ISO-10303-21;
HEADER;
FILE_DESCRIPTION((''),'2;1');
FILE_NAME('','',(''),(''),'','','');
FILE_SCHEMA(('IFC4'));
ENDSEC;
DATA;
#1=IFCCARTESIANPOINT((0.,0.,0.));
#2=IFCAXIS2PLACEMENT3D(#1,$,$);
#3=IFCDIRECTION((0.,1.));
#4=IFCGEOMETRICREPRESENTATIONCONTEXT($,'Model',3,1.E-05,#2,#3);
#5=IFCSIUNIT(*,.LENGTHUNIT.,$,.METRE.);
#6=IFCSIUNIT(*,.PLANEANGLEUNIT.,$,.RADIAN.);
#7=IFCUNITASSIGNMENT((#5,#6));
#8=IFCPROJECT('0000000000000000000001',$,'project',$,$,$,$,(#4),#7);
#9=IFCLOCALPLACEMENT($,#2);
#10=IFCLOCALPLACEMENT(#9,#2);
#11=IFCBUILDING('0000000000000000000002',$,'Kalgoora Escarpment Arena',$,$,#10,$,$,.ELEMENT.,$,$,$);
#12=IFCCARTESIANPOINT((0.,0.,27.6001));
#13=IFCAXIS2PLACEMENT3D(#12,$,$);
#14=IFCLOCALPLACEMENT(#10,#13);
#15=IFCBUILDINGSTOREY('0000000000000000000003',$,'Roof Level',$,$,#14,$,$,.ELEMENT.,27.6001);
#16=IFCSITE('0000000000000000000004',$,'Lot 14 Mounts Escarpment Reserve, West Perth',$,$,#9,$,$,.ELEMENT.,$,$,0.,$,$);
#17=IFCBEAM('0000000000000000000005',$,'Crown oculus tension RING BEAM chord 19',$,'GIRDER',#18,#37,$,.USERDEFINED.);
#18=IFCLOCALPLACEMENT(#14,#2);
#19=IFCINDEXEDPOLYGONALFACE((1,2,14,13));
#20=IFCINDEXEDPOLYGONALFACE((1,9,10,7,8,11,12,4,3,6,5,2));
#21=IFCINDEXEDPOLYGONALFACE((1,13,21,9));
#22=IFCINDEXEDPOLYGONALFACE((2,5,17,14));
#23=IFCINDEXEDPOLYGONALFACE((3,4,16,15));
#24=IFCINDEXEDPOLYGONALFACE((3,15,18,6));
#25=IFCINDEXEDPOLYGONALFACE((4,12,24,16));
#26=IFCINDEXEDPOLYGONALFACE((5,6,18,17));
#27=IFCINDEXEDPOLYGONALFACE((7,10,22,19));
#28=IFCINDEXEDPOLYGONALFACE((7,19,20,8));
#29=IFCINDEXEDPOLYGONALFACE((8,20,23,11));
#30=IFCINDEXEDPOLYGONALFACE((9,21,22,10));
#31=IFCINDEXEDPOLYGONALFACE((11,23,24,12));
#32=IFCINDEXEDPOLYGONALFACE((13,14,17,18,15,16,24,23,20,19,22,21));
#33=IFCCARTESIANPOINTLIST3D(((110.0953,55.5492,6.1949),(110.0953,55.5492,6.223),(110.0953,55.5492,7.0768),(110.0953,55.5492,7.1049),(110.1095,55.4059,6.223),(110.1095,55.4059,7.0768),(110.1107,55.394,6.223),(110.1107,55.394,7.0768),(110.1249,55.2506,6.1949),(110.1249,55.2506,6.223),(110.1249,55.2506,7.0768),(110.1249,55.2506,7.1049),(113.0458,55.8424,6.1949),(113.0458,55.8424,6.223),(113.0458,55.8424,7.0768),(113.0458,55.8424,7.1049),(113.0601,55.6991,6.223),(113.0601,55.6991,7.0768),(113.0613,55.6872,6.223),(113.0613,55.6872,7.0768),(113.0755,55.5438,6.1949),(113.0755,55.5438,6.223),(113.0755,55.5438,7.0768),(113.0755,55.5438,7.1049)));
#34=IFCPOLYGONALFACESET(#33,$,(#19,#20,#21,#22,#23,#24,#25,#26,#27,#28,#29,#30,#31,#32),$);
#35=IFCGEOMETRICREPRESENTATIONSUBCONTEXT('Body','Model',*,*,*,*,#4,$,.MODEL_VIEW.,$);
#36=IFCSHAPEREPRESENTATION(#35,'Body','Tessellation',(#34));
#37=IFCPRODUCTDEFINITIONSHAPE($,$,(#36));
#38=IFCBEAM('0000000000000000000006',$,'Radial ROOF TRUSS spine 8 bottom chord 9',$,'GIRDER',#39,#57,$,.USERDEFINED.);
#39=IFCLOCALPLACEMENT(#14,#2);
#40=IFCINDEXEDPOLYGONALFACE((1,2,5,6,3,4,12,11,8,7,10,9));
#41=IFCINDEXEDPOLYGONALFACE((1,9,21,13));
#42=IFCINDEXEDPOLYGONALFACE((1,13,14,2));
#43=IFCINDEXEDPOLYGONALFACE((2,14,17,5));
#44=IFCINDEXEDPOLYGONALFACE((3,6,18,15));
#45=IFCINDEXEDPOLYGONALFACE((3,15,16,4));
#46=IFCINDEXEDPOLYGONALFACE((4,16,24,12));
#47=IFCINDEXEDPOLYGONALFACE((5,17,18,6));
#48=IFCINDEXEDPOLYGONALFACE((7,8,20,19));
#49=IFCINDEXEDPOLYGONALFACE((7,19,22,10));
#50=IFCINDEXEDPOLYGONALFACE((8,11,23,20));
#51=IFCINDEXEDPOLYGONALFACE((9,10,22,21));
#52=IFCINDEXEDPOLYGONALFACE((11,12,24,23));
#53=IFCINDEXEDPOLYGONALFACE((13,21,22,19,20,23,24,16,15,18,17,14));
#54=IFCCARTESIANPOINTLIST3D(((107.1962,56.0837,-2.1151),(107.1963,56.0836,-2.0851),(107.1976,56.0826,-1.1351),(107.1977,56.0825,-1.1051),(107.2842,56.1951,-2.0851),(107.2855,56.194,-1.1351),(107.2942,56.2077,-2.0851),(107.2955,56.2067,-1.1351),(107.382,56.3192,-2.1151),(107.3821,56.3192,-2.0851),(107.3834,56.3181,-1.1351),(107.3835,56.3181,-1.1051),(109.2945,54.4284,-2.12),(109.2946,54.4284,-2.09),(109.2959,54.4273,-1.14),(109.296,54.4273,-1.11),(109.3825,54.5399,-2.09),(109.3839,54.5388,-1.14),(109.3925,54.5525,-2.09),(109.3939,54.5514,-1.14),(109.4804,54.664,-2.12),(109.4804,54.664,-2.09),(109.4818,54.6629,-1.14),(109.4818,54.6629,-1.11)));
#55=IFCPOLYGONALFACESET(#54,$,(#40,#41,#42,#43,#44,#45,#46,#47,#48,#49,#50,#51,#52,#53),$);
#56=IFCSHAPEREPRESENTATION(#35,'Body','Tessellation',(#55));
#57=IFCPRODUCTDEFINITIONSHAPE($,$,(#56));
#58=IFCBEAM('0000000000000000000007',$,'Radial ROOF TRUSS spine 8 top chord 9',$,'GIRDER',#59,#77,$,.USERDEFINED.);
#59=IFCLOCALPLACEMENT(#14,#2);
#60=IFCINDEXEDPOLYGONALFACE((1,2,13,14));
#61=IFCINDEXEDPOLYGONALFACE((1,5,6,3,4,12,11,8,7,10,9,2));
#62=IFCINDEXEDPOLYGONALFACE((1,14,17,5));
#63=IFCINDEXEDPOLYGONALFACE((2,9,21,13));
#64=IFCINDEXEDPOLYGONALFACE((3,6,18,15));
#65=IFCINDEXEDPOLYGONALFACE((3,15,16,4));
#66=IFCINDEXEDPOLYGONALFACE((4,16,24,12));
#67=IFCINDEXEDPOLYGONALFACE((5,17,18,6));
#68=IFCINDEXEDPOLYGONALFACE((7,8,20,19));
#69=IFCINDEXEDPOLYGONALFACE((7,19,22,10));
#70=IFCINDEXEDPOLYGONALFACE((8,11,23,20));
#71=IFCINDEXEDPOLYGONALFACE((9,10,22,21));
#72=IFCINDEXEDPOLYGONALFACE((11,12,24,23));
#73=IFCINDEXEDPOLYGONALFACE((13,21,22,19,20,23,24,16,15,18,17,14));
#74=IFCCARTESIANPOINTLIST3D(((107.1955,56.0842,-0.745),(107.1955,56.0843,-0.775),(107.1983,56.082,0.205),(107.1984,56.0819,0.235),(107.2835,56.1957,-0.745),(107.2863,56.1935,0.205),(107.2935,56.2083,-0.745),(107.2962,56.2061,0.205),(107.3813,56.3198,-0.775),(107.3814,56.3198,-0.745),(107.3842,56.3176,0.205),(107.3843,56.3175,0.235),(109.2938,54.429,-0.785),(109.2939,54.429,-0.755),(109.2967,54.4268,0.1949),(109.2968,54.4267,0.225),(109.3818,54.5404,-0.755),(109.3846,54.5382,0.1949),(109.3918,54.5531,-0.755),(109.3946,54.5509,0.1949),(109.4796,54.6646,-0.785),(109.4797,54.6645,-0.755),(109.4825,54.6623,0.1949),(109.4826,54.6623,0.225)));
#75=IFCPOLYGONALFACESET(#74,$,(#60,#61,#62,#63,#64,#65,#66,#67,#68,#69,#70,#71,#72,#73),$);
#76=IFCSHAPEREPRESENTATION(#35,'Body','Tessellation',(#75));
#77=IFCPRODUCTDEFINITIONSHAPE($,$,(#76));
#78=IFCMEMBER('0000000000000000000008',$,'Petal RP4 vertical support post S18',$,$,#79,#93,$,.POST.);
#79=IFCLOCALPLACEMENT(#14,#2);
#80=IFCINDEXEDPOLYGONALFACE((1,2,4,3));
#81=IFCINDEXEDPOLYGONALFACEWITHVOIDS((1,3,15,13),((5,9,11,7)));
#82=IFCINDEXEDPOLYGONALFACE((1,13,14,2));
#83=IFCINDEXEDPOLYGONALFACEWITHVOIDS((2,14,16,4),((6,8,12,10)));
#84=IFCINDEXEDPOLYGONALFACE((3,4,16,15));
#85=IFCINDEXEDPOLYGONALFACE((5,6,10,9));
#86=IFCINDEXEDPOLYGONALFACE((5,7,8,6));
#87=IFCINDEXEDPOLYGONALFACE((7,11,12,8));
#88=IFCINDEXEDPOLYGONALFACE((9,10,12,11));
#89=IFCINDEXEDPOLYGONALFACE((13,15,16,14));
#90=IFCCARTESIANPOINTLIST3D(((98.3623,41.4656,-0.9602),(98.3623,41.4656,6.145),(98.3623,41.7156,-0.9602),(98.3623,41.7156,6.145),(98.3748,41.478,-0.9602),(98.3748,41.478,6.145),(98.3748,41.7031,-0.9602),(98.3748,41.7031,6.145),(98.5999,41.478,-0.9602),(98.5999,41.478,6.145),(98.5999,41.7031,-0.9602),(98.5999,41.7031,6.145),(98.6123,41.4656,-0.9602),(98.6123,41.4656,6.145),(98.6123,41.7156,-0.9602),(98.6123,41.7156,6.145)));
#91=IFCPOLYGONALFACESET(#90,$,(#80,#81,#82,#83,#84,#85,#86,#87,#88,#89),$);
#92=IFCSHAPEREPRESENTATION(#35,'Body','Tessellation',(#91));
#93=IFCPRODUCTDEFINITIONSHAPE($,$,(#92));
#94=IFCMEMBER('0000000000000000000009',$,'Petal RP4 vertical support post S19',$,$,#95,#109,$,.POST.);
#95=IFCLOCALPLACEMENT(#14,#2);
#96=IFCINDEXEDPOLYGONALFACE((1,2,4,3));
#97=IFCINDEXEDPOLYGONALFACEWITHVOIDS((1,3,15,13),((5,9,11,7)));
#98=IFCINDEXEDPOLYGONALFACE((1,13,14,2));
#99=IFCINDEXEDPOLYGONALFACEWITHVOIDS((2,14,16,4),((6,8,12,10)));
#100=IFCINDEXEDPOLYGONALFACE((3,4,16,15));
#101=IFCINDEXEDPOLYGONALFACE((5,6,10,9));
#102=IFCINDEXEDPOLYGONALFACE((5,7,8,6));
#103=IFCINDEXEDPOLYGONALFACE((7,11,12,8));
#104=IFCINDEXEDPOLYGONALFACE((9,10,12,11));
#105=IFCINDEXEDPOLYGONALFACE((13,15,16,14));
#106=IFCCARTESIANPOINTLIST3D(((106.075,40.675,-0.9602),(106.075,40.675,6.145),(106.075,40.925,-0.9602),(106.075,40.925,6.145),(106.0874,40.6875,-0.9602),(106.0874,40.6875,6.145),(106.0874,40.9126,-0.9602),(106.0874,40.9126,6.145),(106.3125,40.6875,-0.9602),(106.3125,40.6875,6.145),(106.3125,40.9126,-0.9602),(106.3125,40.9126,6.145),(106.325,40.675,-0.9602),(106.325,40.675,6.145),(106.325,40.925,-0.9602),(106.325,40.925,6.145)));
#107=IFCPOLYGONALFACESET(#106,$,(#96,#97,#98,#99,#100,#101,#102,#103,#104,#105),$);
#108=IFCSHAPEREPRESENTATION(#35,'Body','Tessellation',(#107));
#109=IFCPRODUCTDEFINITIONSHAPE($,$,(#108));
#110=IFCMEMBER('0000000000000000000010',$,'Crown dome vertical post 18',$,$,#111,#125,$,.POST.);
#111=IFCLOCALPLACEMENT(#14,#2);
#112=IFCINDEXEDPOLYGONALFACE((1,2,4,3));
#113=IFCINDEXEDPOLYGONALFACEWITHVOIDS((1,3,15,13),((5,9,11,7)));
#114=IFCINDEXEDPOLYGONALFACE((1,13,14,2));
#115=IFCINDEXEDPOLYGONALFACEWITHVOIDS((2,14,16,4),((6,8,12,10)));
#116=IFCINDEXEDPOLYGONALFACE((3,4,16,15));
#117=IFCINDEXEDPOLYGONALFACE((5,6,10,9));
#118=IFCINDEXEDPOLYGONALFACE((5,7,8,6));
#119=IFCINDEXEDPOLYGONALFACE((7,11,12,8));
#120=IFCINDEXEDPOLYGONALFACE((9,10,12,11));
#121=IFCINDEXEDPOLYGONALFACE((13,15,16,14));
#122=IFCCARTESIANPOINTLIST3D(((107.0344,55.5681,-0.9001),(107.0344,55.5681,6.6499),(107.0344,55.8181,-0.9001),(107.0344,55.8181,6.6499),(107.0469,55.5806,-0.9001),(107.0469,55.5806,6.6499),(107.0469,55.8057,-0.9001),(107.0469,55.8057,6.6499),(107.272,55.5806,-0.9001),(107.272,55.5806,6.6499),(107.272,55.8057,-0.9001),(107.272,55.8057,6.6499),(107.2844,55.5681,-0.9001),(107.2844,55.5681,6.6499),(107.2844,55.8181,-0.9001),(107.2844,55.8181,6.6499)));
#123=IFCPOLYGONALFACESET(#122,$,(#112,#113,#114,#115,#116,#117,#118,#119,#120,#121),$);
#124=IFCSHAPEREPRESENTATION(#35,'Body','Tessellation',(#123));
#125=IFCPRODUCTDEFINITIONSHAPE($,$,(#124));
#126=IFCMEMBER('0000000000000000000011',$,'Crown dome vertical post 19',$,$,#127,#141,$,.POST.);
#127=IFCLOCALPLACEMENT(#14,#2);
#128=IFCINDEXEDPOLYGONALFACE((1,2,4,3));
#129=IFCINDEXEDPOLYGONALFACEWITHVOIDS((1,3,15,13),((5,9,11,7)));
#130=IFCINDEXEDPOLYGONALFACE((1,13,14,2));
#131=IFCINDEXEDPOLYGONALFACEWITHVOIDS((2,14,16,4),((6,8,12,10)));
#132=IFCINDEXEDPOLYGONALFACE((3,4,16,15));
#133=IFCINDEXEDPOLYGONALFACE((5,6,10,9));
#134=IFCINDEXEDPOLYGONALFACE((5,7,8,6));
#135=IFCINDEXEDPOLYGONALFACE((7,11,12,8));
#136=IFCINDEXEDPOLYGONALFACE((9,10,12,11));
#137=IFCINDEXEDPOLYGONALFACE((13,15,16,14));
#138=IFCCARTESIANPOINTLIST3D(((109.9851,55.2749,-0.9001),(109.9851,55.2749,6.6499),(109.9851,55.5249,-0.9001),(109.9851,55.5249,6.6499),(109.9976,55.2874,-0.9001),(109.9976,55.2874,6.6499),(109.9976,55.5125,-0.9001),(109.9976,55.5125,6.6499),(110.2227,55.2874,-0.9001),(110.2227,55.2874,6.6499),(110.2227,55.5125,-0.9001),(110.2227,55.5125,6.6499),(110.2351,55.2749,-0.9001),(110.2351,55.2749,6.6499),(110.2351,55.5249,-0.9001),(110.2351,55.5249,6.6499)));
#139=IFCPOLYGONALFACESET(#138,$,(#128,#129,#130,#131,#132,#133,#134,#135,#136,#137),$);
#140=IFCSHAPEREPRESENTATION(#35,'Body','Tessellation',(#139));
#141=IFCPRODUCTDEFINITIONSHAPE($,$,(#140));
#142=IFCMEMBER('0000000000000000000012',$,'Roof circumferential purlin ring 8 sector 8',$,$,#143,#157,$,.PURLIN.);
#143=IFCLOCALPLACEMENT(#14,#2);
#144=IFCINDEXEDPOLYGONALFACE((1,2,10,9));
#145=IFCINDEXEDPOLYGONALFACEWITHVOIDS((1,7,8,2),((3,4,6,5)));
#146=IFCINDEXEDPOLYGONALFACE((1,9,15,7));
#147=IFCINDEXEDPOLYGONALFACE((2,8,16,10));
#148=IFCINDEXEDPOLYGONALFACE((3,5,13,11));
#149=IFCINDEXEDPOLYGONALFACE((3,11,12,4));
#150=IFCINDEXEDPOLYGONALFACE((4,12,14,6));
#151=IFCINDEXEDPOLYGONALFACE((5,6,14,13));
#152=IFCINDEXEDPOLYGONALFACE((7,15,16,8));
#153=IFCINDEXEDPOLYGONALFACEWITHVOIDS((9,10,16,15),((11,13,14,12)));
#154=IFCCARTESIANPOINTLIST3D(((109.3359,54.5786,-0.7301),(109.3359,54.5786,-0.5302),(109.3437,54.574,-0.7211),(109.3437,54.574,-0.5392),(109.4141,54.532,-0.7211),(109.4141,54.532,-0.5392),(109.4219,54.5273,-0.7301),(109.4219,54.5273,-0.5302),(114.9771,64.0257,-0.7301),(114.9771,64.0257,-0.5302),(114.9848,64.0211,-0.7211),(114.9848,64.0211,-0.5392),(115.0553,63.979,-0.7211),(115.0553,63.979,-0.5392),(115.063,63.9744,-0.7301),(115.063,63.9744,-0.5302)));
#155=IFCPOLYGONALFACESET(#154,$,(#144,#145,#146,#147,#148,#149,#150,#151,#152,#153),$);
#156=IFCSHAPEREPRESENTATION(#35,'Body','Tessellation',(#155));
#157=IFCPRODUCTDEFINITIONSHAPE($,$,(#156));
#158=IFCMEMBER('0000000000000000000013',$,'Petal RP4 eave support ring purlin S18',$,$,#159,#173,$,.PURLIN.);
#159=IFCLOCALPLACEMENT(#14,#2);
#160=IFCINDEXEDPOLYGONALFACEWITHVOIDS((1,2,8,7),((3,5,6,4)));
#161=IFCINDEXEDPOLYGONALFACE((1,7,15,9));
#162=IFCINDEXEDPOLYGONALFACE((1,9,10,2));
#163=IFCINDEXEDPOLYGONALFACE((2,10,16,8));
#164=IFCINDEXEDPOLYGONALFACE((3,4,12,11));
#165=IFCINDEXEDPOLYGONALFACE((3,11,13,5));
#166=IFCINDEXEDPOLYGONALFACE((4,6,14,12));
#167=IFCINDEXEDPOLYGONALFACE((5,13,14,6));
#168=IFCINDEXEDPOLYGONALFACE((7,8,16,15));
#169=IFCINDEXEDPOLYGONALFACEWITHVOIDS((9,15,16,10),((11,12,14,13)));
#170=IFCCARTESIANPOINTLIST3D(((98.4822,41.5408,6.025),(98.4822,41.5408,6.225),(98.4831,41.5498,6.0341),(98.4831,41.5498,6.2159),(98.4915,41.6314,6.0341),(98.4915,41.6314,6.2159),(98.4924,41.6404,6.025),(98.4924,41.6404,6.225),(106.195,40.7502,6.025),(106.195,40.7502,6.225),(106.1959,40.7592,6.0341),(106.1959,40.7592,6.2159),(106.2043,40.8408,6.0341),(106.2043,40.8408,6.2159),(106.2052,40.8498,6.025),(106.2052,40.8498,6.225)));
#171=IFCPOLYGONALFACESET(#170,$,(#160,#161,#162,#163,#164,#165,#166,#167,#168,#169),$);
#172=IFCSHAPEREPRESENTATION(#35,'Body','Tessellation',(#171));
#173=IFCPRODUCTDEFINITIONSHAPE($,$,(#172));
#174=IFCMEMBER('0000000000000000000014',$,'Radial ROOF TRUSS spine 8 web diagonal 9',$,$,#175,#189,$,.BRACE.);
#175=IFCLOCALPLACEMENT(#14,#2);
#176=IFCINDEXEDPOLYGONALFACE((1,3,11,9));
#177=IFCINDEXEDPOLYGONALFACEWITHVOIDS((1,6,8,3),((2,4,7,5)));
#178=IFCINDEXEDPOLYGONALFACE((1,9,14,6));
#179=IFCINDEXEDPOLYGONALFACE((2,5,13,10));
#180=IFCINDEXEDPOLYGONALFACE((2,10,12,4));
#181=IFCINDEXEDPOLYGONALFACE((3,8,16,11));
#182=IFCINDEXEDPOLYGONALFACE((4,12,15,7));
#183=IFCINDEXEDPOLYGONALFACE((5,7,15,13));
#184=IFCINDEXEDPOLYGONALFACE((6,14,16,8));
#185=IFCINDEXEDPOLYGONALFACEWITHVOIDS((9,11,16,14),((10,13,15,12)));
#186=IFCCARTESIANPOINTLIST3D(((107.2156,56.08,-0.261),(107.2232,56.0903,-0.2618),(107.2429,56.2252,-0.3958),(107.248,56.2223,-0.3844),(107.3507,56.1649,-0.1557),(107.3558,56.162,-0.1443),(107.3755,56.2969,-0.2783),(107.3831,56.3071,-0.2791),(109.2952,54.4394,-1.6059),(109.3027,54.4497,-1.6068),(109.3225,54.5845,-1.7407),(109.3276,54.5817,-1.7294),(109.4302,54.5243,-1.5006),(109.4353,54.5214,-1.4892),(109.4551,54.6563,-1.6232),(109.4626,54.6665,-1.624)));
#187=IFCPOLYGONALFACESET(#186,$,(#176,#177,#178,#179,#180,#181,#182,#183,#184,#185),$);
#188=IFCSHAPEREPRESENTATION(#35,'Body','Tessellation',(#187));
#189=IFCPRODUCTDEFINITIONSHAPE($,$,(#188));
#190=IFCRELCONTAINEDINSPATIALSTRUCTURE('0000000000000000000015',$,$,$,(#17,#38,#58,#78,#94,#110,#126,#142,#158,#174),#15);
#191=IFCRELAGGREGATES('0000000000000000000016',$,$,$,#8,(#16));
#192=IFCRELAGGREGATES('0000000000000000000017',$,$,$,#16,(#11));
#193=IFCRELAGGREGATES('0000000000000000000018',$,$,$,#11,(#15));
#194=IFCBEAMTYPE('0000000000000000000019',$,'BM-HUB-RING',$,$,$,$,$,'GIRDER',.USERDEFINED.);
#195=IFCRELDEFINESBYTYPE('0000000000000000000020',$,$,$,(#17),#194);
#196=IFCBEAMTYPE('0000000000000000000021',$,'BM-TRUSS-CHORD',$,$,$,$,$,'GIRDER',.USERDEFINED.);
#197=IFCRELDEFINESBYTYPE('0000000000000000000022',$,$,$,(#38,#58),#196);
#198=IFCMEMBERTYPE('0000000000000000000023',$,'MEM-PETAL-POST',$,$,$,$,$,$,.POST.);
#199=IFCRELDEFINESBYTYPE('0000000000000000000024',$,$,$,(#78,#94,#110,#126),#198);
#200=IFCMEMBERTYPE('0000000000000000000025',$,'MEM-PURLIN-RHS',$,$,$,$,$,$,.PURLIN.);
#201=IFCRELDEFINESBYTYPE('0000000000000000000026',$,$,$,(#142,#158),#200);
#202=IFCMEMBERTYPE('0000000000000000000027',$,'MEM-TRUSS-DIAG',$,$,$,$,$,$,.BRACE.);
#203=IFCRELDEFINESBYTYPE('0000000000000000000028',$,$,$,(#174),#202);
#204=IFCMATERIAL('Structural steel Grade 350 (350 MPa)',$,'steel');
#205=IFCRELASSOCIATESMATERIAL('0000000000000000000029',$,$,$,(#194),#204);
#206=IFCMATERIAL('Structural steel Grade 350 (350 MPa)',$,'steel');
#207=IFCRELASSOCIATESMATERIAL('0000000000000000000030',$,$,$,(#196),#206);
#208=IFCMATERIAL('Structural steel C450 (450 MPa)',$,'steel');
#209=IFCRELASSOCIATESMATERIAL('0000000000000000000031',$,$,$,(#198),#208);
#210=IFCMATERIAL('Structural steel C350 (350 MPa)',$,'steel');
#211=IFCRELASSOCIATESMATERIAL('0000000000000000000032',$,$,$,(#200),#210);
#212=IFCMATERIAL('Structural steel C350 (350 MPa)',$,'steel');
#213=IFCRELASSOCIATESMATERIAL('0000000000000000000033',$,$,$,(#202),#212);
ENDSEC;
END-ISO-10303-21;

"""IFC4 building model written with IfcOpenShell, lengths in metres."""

from ifc_helpers import new_model, si_unit, direction, frame, origin, origin_2d, place, context, subcontext, project, spatial, hollow_rectangle, i_section, extrude, material, material_profile, profile_set, type_object, element, save


model = new_model("IFC4")

# Units and contexts
model_context = context("Model", 3, precision=1e-05, world=origin(), true_north=direction((0.0, 1.0)))
body_context = subcontext(model_context, "Body", "Model", "MODEL_VIEW")
ifc_project = project(units=[si_unit("LENGTHUNIT", "METRE"), si_unit("PLANEANGLEUNIT", "RADIAN")], contexts=[model_context])

# Site, building, storey
site_placement = place(None, origin())
site = spatial("IfcSite", under=ifc_project, at=site_placement, Name="Lot 14 Mounts Escarpment Reserve, West Perth", CompositionType="ELEMENT", RefElevation=0.0)
building_placement = place(site_placement, origin())
building = spatial("IfcBuilding", under=site, at=building_placement, Name="Kalgoora Escarpment Arena", CompositionType="ELEMENT")
storey_placement = place(building_placement, frame((0.0, 0.0, 27.6001)))
storey = spatial("IfcBuildingStorey", under=building, at=storey_placement, Name="Roof Level", CompositionType="ELEMENT", Elevation=27.6001)

# Beams
ifc_material_1 = material(Name="Structural steel Grade 350 (350 MPa)", Category="steel")
ifc_material_profile_1 = material_profile(ifc_material_1, i_section(OverallWidth=0.3, OverallDepth=0.9099, WebThickness=0.012, FlangeThickness=0.0281, at=origin_2d()))
ifc_profile_set_1 = profile_set([ifc_material_profile_1], Name="Structural steel Grade 350 (350 MPa)")
beam_type_1 = type_object("IfcBeamType", Name="BM-HUB-RING", ElementType="GIRDER", PredefinedType="USERDEFINED", material=ifc_profile_set_1)
beam_placement = place(storey_placement, frame((110.1101, 55.3999, 6.6499), z_axis=(0.995098, 0.098892, 0.0), x_axis=(-0.098892, 0.995098, 0.0)))
element("IfcBeam", 1, at=beam_placement, inside=storey, type_object=beam_type_1, Name="Crown oculus tension RING BEAM chord 19", ObjectType="GIRDER", PredefinedType="USERDEFINED", context=body_context, shape_type="SweptSolid", body=[
    extrude(i_section(OverallWidth=0.3, OverallDepth=0.9099, WebThickness=0.012, FlangeThickness=0.0281, at=origin_2d()), origin(), (0.0, 0.0, 1.0), 2.9651),
])
ifc_material_2 = material(Name="Structural steel Grade 350 (350 MPa)", Category="steel")
ifc_material_profile_2 = material_profile(ifc_material_2, i_section(OverallWidth=0.3, OverallDepth=1.01, WebThickness=0.0161, FlangeThickness=0.03, at=origin_2d()))
ifc_profile_set_2 = profile_set([ifc_material_profile_2], Name="Structural steel Grade 350 (350 MPa)")
beam_type_2 = type_object("IfcBeamType", Name="BM-TRUSS-CHORD", ElementType="GIRDER", PredefinedType="USERDEFINED", material=ifc_profile_set_2)
for number, where, z_axis, x_axis, name in (
    (2, (109.3882, 54.5457, -1.615), (-0.785127, 0.619332, 0.001827), (-0.619333, -0.785128, 0.0), "Radial ROOF TRUSS spine 8 bottom chord 9"),
    (3, (109.3882, 54.5457, -0.28), (-0.785123, 0.619329, 0.003745), (-0.619333, -0.785128, 0.0), "Radial ROOF TRUSS spine 8 top chord 9"),
):
    element("IfcBeam", number, at=place(storey_placement, frame(where, z_axis=z_axis, x_axis=x_axis)), inside=storey, type_object=beam_type_2, Name=name, ObjectType="GIRDER", PredefinedType="USERDEFINED", context=body_context, shape_type="SweptSolid", body=[
        extrude(i_section(OverallWidth=0.3, OverallDepth=1.01, WebThickness=0.0161, FlangeThickness=0.03, at=origin_2d()), origin(), (0.0, 0.0, 1.0), 2.6726),
    ])

# Members
ifc_material_3 = material(Name="Structural steel C450 (450 MPa)", Category="steel")
ifc_material_profile_3 = material_profile(ifc_material_3, hollow_rectangle(XDim=0.25, YDim=0.25, WallThickness=0.0125, at=origin_2d()))
ifc_profile_set_3 = profile_set([ifc_material_profile_3], Name="Structural steel C450 (450 MPa)")
member_type_1 = type_object("IfcMemberType", Name="MEM-PETAL-POST", PredefinedType="POST", material=ifc_profile_set_3)
for number, where, z_axis, x_axis, name in (
    (4, (98.4873, 41.5906, -0.9602), (0.0, 0.0, 1.0), (1.0, 0.0, 0.0), "Petal RP4 vertical support post S18"),
    (5, (106.2, 40.8, -0.9602), (0.0, 0.0, 1.0), (1.0, 0.0, 0.0), "Petal RP4 vertical support post S19"),
):
    element("IfcMember", number, at=place(storey_placement, frame(where, z_axis=z_axis, x_axis=x_axis)), inside=storey, type_object=member_type_1, Name=name, PredefinedType="POST", context=body_context, shape_type="SweptSolid", body=[
        extrude(hollow_rectangle(XDim=0.25, YDim=0.25, WallThickness=0.0125, at=origin_2d()), origin(), (0.0, 0.0, 1.0), 7.1052),
    ])
for number, where, z_axis, x_axis, name in (
    (6, (107.1594, 55.6931, -0.9001), (0.0, 0.0, 1.0), (1.0, 0.0, 0.0), "Crown dome vertical post 18"),
    (7, (110.1101, 55.3999, -0.9001), (0.0, 0.0, 1.0), (1.0, 0.0, 0.0), "Crown dome vertical post 19"),
):
    element("IfcMember", number, at=place(storey_placement, frame(where, z_axis=z_axis, x_axis=x_axis)), inside=storey, type_object=member_type_1, Name=name, PredefinedType="POST", context=body_context, shape_type="SweptSolid", body=[
        extrude(hollow_rectangle(XDim=0.25, YDim=0.25, WallThickness=0.0125, at=origin_2d()), origin(), (0.0, 0.0, 1.0), 7.55),
    ])
ifc_material_4 = material(Name="Structural steel C350 (350 MPa)", Category="steel")
ifc_material_profile_4 = material_profile(ifc_material_4, hollow_rectangle(XDim=0.1001, YDim=0.2, WallThickness=0.009, at=origin_2d()))
ifc_profile_set_4 = profile_set([ifc_material_profile_4], Name="Structural steel C350 (350 MPa)")
member_type_2 = type_object("IfcMemberType", Name="MEM-PURLIN-RHS", PredefinedType="PURLIN", material=ifc_profile_set_4)
member_1_placement = place(storey_placement, frame((109.3789, 54.553, -0.6301), z_axis=(0.512684, 0.858578, 0.0), x_axis=(-0.858578, 0.512684, 0.0)))
element("IfcMember", 8, at=member_1_placement, inside=storey, type_object=member_type_2, Name="Roof circumferential purlin ring 8 sector 8", PredefinedType="PURLIN", context=body_context, shape_type="SweptSolid", body=[
    extrude(hollow_rectangle(XDim=0.1001, YDim=0.2, WallThickness=0.009, at=origin_2d()), origin(), (0.0, 0.0, 1.0), 11.0032),
])
member_2_placement = place(storey_placement, frame((98.4873, 41.5906, 6.125), z_axis=(0.994788, -0.101963, 0.0), x_axis=(0.101963, 0.994788, 0.0)))
element("IfcMember", 9, at=member_2_placement, inside=storey, type_object=member_type_2, Name="Petal RP4 eave support ring purlin S18", PredefinedType="PURLIN", context=body_context, shape_type="SweptSolid", body=[
    extrude(hollow_rectangle(XDim=0.1001, YDim=0.2, WallThickness=0.009, at=origin_2d()), origin(), (0.0, 0.0, 1.0), 7.7532),
])
ifc_material_5 = material(Name="Structural steel C350 (350 MPa)", Category="steel")
ifc_material_profile_5 = material_profile(ifc_material_5, hollow_rectangle(XDim=0.2, YDim=0.2, WallThickness=0.009, at=origin_2d()))
ifc_profile_set_5 = profile_set([ifc_material_profile_5], Name="Structural steel C350 (350 MPa)")
member_type_3 = type_object("IfcMemberType", Name="MEM-TRUSS-DIAG", PredefinedType="BRACE", material=ifc_profile_set_5)
member_3_placement = place(storey_placement, frame((109.3789, 54.553, -1.615), z_axis=(-0.700024, 0.552262, 0.452739), x_axis=(0.700928, 0.410071, 0.58356)))
element("IfcMember", 10, at=member_3_placement, inside=storey, type_object=member_type_3, Name="Radial ROOF TRUSS spine 8 web diagonal 9", PredefinedType="BRACE", context=body_context, shape_type="SweptSolid", body=[
    extrude(hollow_rectangle(XDim=0.2, YDim=0.2, WallThickness=0.009, at=origin_2d()), origin(), (0.0, 0.0, 1.0), 2.9707),
])

save(model, "model.ifc")
